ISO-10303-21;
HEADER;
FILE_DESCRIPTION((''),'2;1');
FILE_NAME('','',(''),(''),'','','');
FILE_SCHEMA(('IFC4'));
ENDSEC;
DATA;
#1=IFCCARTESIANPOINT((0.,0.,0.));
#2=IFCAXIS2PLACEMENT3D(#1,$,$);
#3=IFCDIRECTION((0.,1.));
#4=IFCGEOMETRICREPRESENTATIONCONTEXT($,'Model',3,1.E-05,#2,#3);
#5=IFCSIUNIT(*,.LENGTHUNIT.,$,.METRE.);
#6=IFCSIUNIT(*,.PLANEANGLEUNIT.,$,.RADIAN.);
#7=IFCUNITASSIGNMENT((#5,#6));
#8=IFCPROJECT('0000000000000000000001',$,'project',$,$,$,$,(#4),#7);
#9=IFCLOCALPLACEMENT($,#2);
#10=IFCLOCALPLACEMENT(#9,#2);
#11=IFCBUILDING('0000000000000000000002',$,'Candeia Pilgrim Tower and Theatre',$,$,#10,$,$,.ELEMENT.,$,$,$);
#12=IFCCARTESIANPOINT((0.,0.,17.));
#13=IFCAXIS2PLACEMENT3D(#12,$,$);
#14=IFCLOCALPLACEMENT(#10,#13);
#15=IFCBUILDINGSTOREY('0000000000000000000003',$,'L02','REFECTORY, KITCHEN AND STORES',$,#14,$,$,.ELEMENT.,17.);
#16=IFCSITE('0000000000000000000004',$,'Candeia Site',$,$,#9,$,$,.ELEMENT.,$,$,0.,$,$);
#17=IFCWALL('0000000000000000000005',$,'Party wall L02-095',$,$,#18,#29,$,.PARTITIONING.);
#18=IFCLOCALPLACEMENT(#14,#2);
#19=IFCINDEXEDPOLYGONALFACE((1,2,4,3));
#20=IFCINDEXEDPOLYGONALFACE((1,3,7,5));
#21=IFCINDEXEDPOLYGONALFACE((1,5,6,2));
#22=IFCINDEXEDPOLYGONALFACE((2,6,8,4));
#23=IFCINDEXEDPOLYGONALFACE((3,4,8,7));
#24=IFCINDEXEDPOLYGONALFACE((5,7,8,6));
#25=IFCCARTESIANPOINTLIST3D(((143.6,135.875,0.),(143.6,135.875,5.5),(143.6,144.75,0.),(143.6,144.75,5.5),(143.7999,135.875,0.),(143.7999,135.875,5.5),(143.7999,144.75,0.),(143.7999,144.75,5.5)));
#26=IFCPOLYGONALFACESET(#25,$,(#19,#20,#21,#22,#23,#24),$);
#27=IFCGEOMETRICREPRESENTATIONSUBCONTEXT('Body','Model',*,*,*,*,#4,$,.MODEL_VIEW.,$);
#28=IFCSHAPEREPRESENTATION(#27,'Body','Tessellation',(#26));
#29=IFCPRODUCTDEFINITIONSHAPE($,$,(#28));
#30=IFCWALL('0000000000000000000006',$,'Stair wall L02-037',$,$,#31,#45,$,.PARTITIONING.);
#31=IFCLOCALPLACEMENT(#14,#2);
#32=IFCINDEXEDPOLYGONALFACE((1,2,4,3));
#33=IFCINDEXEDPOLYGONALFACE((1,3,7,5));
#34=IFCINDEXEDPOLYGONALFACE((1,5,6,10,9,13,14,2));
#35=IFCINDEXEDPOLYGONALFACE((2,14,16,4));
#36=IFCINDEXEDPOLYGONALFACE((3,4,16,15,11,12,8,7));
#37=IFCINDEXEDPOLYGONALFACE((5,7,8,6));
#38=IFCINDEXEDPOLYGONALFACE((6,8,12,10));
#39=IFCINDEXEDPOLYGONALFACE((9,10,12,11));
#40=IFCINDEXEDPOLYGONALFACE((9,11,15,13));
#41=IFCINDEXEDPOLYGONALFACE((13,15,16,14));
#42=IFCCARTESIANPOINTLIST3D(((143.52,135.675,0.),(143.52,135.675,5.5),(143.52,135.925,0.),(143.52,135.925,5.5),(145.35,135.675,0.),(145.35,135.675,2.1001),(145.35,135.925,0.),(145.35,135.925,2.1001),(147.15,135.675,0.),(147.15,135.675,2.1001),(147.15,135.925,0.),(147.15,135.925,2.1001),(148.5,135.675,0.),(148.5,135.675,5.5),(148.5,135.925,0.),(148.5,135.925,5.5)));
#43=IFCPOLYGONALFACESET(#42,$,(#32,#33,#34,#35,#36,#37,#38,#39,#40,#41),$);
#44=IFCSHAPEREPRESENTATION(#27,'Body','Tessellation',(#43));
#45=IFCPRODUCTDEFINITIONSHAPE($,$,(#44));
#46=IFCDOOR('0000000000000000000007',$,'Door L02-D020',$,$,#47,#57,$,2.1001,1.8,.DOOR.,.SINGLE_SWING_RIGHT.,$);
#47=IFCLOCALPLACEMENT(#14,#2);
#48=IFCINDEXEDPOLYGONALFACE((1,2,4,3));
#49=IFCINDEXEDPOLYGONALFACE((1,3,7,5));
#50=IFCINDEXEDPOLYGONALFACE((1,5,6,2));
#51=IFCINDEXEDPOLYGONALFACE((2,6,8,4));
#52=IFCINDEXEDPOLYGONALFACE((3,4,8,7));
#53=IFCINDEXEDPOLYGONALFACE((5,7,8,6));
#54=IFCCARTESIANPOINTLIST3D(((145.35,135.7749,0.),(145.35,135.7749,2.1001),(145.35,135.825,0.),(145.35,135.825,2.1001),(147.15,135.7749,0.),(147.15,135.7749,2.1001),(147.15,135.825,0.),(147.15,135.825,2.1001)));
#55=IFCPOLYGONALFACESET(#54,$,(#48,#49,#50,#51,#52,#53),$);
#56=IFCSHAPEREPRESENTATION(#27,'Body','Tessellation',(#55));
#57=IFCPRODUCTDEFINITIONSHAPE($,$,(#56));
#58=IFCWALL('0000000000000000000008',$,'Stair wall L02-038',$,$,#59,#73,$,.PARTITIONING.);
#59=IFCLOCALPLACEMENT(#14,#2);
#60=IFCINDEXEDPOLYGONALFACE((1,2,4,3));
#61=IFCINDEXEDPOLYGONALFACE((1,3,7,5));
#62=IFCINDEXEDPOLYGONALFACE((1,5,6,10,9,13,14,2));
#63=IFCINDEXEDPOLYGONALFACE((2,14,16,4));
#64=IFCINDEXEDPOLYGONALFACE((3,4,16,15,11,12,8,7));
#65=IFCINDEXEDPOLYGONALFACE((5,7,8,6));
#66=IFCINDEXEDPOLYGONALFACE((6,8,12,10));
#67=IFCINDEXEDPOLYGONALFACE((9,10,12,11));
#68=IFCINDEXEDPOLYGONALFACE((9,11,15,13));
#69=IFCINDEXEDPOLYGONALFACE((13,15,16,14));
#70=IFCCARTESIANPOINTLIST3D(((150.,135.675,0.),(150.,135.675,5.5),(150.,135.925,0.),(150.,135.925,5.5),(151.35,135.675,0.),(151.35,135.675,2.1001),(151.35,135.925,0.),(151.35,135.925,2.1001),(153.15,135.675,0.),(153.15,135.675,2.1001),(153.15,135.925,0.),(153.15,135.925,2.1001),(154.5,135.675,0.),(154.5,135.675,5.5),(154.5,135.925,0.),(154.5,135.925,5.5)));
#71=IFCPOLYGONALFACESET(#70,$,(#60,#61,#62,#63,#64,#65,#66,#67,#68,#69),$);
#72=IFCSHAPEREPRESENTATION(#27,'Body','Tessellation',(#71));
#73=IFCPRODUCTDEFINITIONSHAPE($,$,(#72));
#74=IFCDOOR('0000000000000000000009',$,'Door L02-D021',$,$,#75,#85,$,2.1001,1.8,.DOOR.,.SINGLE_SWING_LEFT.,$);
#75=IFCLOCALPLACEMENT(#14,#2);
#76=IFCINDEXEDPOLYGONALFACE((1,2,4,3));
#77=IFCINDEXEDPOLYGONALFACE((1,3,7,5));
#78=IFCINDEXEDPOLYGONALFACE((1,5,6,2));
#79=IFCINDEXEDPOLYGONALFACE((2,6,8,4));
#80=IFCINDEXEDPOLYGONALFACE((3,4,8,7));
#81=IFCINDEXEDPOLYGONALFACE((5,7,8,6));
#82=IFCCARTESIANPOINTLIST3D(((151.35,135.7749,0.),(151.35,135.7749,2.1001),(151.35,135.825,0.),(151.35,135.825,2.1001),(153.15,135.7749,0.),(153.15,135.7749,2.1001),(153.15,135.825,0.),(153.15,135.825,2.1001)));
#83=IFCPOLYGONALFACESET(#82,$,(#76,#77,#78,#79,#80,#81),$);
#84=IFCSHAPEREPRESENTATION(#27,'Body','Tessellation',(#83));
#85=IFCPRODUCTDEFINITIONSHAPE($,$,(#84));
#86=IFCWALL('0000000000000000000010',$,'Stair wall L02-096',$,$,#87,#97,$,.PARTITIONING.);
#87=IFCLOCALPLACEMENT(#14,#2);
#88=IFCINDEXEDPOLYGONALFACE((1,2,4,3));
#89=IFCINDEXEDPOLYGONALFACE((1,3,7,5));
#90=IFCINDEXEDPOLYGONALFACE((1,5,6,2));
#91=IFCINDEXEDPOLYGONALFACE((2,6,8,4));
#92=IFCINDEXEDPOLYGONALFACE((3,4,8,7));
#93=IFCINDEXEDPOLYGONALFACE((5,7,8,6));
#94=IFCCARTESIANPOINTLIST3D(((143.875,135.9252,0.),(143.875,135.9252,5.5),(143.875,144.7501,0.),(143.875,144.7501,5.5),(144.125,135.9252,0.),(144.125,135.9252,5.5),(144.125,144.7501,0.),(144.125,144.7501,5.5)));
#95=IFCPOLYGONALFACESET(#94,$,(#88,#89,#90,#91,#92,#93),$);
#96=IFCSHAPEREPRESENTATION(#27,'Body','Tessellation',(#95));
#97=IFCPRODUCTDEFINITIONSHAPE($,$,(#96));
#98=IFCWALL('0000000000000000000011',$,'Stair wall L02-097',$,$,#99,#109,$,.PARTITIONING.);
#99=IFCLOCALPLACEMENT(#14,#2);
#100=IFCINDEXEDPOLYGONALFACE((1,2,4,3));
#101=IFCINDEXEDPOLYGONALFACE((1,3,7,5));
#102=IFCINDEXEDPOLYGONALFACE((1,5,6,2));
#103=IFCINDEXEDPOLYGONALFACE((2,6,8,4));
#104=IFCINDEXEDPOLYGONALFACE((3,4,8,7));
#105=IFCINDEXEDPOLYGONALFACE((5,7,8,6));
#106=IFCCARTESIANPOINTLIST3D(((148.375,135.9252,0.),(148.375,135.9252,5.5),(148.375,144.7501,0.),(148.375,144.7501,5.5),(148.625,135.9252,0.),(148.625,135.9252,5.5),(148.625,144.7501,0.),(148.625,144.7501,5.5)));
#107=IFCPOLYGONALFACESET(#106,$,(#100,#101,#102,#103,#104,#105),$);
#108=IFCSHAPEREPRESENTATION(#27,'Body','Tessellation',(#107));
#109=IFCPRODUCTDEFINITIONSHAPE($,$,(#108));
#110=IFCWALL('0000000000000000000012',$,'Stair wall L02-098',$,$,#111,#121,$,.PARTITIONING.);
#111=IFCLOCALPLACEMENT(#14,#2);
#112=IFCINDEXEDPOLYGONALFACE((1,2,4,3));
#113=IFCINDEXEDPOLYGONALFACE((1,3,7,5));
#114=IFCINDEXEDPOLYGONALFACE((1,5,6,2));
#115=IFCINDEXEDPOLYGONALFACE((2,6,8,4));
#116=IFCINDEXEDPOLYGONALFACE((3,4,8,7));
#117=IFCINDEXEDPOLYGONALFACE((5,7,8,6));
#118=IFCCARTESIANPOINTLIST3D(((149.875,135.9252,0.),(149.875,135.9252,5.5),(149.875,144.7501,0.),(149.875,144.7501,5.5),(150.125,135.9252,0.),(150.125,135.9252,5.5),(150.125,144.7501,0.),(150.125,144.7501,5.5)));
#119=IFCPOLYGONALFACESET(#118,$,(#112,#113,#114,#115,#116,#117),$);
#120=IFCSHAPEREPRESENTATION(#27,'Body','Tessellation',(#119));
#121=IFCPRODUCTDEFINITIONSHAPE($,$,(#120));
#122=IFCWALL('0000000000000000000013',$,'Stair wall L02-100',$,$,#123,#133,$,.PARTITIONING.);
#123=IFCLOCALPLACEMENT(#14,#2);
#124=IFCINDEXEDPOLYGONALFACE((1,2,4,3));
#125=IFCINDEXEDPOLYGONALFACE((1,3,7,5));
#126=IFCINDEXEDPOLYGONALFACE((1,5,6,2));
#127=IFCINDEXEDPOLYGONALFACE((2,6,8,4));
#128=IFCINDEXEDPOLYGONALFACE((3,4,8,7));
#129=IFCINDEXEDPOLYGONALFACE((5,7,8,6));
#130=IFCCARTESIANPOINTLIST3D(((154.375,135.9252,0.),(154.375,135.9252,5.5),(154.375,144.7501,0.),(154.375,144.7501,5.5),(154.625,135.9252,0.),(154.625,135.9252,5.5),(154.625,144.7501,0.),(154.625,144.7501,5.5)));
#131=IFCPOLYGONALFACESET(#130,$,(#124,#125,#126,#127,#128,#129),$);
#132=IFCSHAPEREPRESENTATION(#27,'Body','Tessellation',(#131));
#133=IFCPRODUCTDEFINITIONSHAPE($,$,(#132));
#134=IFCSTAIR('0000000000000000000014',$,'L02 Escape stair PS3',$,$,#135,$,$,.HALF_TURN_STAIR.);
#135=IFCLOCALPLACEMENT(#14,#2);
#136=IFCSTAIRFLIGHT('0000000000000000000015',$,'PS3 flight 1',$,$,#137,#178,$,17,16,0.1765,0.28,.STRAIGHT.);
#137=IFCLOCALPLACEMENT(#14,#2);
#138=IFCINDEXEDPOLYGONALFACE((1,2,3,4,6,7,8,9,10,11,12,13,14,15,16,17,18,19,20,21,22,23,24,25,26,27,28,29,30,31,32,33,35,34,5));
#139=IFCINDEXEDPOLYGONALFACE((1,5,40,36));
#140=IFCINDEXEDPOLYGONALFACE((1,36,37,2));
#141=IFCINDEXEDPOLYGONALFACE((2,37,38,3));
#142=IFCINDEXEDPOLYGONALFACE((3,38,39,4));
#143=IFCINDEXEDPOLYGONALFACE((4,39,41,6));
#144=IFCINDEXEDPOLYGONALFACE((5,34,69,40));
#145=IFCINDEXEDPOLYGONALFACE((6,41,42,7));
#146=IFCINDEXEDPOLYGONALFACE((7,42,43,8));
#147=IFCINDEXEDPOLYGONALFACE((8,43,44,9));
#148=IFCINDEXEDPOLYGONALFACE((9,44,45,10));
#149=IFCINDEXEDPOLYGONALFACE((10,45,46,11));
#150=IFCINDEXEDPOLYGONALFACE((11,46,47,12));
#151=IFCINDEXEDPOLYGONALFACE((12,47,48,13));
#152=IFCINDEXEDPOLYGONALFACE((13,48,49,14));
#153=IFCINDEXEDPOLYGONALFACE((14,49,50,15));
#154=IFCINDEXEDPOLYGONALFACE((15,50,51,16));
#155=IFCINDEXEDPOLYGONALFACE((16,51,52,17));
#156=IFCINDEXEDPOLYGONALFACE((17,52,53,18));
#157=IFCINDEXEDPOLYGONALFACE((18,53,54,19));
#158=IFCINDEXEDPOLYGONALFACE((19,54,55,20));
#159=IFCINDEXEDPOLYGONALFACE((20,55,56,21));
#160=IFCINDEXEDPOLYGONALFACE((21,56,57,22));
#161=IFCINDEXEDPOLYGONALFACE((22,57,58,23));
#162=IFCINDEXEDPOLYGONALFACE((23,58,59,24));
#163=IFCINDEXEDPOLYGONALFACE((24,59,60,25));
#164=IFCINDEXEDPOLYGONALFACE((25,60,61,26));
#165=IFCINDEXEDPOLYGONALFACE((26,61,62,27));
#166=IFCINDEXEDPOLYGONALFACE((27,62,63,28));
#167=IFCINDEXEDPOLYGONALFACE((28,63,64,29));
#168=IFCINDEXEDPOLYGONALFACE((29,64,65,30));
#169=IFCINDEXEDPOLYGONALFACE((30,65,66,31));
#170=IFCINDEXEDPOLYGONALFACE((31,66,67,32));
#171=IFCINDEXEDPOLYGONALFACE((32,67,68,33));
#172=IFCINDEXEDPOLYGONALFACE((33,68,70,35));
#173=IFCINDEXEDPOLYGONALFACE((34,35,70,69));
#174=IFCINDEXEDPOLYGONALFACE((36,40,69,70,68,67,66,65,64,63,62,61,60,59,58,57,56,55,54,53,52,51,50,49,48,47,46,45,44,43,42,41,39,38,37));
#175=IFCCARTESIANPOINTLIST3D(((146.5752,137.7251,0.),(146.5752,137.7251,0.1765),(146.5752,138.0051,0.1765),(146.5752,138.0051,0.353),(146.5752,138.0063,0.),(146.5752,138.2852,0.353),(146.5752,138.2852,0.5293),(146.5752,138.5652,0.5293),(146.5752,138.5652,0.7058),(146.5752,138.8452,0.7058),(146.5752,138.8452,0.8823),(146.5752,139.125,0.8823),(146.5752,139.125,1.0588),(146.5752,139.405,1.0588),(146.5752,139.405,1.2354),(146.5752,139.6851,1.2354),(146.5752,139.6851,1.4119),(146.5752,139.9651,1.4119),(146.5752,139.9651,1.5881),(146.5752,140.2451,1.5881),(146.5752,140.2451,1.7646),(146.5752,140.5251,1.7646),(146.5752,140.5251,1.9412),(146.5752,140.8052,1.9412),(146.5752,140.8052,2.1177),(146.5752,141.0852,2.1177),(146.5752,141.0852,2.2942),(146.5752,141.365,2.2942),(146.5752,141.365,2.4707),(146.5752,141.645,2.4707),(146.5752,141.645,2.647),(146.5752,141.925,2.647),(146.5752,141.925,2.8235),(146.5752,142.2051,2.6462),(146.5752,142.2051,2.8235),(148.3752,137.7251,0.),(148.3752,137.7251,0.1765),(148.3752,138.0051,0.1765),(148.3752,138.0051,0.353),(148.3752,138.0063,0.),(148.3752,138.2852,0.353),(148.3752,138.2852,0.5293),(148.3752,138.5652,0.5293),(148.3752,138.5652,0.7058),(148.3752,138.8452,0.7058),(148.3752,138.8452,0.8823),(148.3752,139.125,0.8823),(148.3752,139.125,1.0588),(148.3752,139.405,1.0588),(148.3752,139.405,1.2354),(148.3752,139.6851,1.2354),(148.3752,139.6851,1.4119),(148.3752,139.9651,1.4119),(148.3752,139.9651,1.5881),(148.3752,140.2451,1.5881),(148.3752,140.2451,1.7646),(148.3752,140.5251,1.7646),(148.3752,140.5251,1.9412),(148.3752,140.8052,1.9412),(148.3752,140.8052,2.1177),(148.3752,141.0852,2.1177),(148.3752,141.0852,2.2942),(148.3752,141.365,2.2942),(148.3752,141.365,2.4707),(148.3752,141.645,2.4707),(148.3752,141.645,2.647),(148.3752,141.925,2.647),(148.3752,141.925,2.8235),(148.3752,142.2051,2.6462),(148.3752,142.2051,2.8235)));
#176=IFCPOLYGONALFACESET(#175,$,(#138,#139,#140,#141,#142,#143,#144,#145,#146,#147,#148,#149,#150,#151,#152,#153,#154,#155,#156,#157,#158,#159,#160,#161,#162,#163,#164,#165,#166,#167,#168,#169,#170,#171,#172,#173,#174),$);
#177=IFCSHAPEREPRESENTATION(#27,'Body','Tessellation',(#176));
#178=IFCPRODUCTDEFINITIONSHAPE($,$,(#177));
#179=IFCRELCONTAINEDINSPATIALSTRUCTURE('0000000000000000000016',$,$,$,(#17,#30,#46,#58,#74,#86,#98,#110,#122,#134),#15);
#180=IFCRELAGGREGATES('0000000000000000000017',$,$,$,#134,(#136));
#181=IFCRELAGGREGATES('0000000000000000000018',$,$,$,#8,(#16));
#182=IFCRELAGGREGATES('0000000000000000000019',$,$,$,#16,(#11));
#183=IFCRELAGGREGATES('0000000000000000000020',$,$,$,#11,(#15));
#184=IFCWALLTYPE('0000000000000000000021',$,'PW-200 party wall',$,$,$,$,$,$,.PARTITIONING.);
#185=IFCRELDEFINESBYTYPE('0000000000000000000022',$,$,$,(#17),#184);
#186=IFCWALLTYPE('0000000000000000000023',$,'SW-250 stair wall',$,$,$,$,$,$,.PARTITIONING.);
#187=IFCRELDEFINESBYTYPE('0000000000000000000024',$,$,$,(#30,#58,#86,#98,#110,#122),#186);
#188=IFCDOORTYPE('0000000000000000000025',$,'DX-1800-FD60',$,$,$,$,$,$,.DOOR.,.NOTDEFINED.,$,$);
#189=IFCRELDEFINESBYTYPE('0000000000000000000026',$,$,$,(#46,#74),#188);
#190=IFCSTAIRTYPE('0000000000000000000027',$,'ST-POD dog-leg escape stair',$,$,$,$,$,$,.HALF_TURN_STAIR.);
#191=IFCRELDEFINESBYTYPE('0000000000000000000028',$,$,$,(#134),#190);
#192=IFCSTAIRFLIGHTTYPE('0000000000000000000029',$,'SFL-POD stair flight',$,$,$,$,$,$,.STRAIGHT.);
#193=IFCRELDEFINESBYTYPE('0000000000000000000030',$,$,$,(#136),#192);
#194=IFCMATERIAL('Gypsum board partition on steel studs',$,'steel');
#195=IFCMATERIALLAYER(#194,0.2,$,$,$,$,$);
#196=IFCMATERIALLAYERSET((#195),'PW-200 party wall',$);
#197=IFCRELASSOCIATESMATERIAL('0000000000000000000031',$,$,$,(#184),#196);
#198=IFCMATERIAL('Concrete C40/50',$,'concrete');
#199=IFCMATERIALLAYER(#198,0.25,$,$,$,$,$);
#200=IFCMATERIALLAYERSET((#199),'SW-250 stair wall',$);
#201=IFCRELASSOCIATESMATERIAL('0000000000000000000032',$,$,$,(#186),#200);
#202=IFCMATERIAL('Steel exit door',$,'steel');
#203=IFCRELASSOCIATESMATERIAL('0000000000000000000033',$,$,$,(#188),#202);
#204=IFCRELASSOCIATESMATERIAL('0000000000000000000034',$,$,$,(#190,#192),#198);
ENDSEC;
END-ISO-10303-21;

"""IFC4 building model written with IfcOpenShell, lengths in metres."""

from ifc_helpers import new_model, si_unit, direction, frame, frame_2d, origin, place, context, subcontext, project, spatial, polyline, rectangle, outline, extrude, material, layer, layer_set, type_object, element, fill, aggregate, save


model = new_model("IFC4")

# Units and contexts
model_context = context("Model", 3, precision=1e-05, world=origin(), true_north=direction((0.0, 1.0)))
body_context = subcontext(model_context, "Body", "Model", "MODEL_VIEW")
ifc_project = project(units=[si_unit("LENGTHUNIT", "METRE"), si_unit("PLANEANGLEUNIT", "RADIAN")], contexts=[model_context])

# Site, building, storey
site_placement = place(None, origin())
site = spatial("IfcSite", under=ifc_project, at=site_placement, Name="Candeia Site", CompositionType="ELEMENT", RefElevation=0.0)
building_placement = place(site_placement, origin())
building = spatial("IfcBuilding", under=site, at=building_placement, Name="Candeia Pilgrim Tower and Theatre", CompositionType="ELEMENT")
storey_placement = place(building_placement, frame((0.0, 0.0, 17.0)))
storey = spatial("IfcBuildingStorey", under=building, at=storey_placement, Name="L02", Description="REFECTORY, KITCHEN AND STORES", CompositionType="ELEMENT", Elevation=17.0)

# Shared definitions
ifc_material_1 = material(Name="Gypsum board partition on steel studs", Category="steel")

# Wall
ifc_layer_1 = layer(ifc_material_1, 0.2)
ifc_layer_set_1 = layer_set([ifc_layer_1], Name="PW-200 party wall")
wall_type_1 = type_object("IfcWallType", Name="PW-200 party wall", PredefinedType="PARTITIONING", material=ifc_layer_set_1)
wall_1_placement = place(storey_placement, frame((143.7, 135.875, 0.0), z_axis=(0.0, 0.0, 1.0), x_axis=(0.0, 1.0, 0.0)))
element("IfcWall", 1, at=wall_1_placement, inside=storey, type_object=wall_type_1, Name="Party wall L02-095", PredefinedType="PARTITIONING", context=body_context, shape_type="SweptSolid", body=[
    extrude(rectangle(XDim=8.875, YDim=0.2, at=frame_2d((4.4375, 0.0))), origin(), (0.0, 0.0, 1.0), 5.5),
])

# Walls, openings, doors
ifc_material_2 = material(Name="Concrete C40/50", Category="concrete")
ifc_layer_2 = layer(ifc_material_2, 0.25)
ifc_layer_set_2 = layer_set([ifc_layer_2], Name="SW-250 stair wall")
wall_type_2 = type_object("IfcWallType", Name="SW-250 stair wall", PredefinedType="PARTITIONING", material=ifc_layer_set_2)
wall_2_placement = place(storey_placement, frame((143.52, 135.8, 0.0), z_axis=(0.0, 0.0, 1.0), x_axis=(1.0, 0.0, 0.0)))
wall_2 = element("IfcWall", 2, at=wall_2_placement, inside=storey, type_object=wall_type_2, Name="Stair wall L02-037", PredefinedType="PARTITIONING", context=body_context, shape_type="SweptSolid", body=[
    extrude(rectangle(XDim=4.98, YDim=0.25, at=frame_2d((2.49, 0.0))), origin(), (0.0, 0.0, 1.0), 5.5),
])
opening_1_placement = place(wall_2_placement, frame((1.8301, 0.0, 0.0)))
opening_1 = element("IfcOpeningElement", 3, at=opening_1_placement, cuts=wall_2, PredefinedType="OPENING", context=body_context, shape_type="SweptSolid", body=[
    extrude(rectangle(XDim=1.8, YDim=2.1001, at=frame_2d((0.8999, 1.05))), frame((0.0, 0.135, 0.0), z_axis=(0.0, -1.0, 0.0), x_axis=(1.0, 0.0, 0.0)), (0.0, 0.0, 1.0), 0.27),
])
ifc_material_3 = material(Name="Steel exit door", Category="steel")
door_type_1 = type_object("IfcDoorType", Name="DX-1800-FD60", OperationType="NOTDEFINED", PredefinedType="DOOR", material=ifc_material_3)
door_1_placement = place(opening_1_placement, origin())
door_1 = element("IfcDoor", 4, at=door_1_placement, inside=storey, type_object=door_type_1, Name="Door L02-D020", OperationType="SINGLE_SWING_RIGHT", OverallHeight=2.1001, OverallWidth=1.8, PredefinedType="DOOR", context=body_context, shape_type="SweptSolid", body=[
    extrude(rectangle(XDim=1.8, YDim=2.1001, at=frame_2d((0.8999, 1.05))), frame((0.0, 0.0249, 0.0), z_axis=(0.0, -1.0, 0.0), x_axis=(1.0, 0.0, 0.0)), (0.0, 0.0, 1.0), 0.05),
])
fill(opening_1, door_1)
wall_3_placement = place(storey_placement, frame((150.0, 135.8, 0.0), z_axis=(0.0, 0.0, 1.0), x_axis=(1.0, 0.0, 0.0)))
wall_3 = element("IfcWall", 5, at=wall_3_placement, inside=storey, type_object=wall_type_2, Name="Stair wall L02-038", PredefinedType="PARTITIONING", context=body_context, shape_type="SweptSolid", body=[
    extrude(rectangle(XDim=4.5, YDim=0.25, at=frame_2d((2.25, 0.0))), origin(), (0.0, 0.0, 1.0), 5.5),
])
opening_2_placement = place(wall_3_placement, frame((1.3501, 0.0, 0.0)))
opening_2 = element("IfcOpeningElement", 6, at=opening_2_placement, cuts=wall_3, PredefinedType="OPENING", context=body_context, shape_type="SweptSolid", body=[
    extrude(rectangle(XDim=1.8, YDim=2.1001, at=frame_2d((0.8999, 1.05))), frame((0.0, 0.135, 0.0), z_axis=(0.0, -1.0, 0.0), x_axis=(1.0, 0.0, 0.0)), (0.0, 0.0, 1.0), 0.27),
])
door_2_placement = place(opening_2_placement, origin())
door_2 = element("IfcDoor", 7, at=door_2_placement, inside=storey, type_object=door_type_1, Name="Door L02-D021", OperationType="SINGLE_SWING_LEFT", OverallHeight=2.1001, OverallWidth=1.8, PredefinedType="DOOR", context=body_context, shape_type="SweptSolid", body=[
    extrude(rectangle(XDim=1.8, YDim=2.1001, at=frame_2d((0.8999, 1.05))), frame((0.0, 0.0249, 0.0), z_axis=(0.0, -1.0, 0.0), x_axis=(1.0, 0.0, 0.0)), (0.0, 0.0, 1.0), 0.05),
])
fill(opening_2, door_2)

# Walls
for number, where, z_axis, x_axis, name in (
    (8, (144.0, 135.925, 0.0), (0.0, 0.0, 1.0), (0.0, 1.0, 0.0), "Stair wall L02-096"),
    (9, (148.5, 135.925, 0.0), (0.0, 0.0, 1.0), (0.0, 1.0, 0.0), "Stair wall L02-097"),
    (10, (150.0, 135.925, 0.0), (0.0, 0.0, 1.0), (0.0, 1.0, 0.0), "Stair wall L02-098"),
    (11, (154.5, 135.925, 0.0), (0.0, 0.0, 1.0), (0.0, 1.0, 0.0), "Stair wall L02-100"),
):
    element("IfcWall", number, at=place(storey_placement, frame(where, z_axis=z_axis, x_axis=x_axis)), inside=storey, type_object=wall_type_2, Name=name, PredefinedType="PARTITIONING", context=body_context, shape_type="SweptSolid", body=[
        extrude(rectangle(XDim=8.825, YDim=0.25, at=frame_2d((4.4126, 0.0))), origin(), (0.0, 0.0, 1.0), 5.5),
    ])

# Stair, stair flight
stair_type_1 = type_object("IfcStairType", Name="ST-POD dog-leg escape stair", PredefinedType="HALF_TURN_STAIR", material=ifc_material_2)
stair_1_placement = place(storey_placement, origin())
stair_1 = element("IfcStair", 12, at=stair_1_placement, inside=storey, type_object=stair_type_1, Name="L02 Escape stair PS3", PredefinedType="HALF_TURN_STAIR")
stair_flight_type_1 = type_object("IfcStairFlightType", Name="SFL-POD stair flight", PredefinedType="STRAIGHT", material=ifc_material_2)
stair_flight_1_placement = place(storey_placement, frame((147.4751, 137.7251, 0.0), z_axis=(0.0, 0.0, 1.0), x_axis=(0.0, 1.0, 0.0)))
stair_flight_1 = element("IfcStairFlight", 13, at=stair_flight_1_placement, type_object=stair_flight_type_1, Name="PS3 flight 1", NumberOfRisers=17, NumberOfTreads=16, PredefinedType="STRAIGHT", RiserHeight=0.1765, TreadLength=0.28, context=body_context, shape_type="SweptSolid", body=[
    extrude(outline(polyline([(0.0, 0.0), (0.0, 0.1765), (0.28, 0.1765), (0.28, 0.353), (0.5601, 0.353), (0.5601, 0.5293), (0.8401, 0.5293), (0.8401, 0.7058), (1.1201, 0.7058), (1.1201, 0.8823), (1.3999, 0.8823), (1.3999, 1.0588), (1.6799, 1.0588), (1.6799, 1.2354), (1.96, 1.2354), (1.96, 1.4119), (2.24, 1.4119), (2.24, 1.5881), (2.52, 1.5881), (2.52, 1.7646), (2.8, 1.7646), (2.8, 1.9412), (3.0801, 1.9412), (3.0801, 2.1177), (3.3601, 2.1177), (3.3601, 2.2942), (3.6399, 2.2942), (3.6399, 2.4707), (3.9199, 2.4707), (3.9199, 2.647), (4.2, 2.647), (4.2, 2.8235), (4.48, 2.8235), (4.48, 3.0), (4.48, 2.6462), (0.2812, 0.0), (0.0, 0.0)])), frame((0.0, 0.8999, 0.0), z_axis=(0.0, -1.0, 0.0), x_axis=(1.0, 0.0, 0.0)), (0.0, 0.0, 1.0), 1.8),
])
aggregate(stair_1, [stair_flight_1])

save(model, "model.ifc")
